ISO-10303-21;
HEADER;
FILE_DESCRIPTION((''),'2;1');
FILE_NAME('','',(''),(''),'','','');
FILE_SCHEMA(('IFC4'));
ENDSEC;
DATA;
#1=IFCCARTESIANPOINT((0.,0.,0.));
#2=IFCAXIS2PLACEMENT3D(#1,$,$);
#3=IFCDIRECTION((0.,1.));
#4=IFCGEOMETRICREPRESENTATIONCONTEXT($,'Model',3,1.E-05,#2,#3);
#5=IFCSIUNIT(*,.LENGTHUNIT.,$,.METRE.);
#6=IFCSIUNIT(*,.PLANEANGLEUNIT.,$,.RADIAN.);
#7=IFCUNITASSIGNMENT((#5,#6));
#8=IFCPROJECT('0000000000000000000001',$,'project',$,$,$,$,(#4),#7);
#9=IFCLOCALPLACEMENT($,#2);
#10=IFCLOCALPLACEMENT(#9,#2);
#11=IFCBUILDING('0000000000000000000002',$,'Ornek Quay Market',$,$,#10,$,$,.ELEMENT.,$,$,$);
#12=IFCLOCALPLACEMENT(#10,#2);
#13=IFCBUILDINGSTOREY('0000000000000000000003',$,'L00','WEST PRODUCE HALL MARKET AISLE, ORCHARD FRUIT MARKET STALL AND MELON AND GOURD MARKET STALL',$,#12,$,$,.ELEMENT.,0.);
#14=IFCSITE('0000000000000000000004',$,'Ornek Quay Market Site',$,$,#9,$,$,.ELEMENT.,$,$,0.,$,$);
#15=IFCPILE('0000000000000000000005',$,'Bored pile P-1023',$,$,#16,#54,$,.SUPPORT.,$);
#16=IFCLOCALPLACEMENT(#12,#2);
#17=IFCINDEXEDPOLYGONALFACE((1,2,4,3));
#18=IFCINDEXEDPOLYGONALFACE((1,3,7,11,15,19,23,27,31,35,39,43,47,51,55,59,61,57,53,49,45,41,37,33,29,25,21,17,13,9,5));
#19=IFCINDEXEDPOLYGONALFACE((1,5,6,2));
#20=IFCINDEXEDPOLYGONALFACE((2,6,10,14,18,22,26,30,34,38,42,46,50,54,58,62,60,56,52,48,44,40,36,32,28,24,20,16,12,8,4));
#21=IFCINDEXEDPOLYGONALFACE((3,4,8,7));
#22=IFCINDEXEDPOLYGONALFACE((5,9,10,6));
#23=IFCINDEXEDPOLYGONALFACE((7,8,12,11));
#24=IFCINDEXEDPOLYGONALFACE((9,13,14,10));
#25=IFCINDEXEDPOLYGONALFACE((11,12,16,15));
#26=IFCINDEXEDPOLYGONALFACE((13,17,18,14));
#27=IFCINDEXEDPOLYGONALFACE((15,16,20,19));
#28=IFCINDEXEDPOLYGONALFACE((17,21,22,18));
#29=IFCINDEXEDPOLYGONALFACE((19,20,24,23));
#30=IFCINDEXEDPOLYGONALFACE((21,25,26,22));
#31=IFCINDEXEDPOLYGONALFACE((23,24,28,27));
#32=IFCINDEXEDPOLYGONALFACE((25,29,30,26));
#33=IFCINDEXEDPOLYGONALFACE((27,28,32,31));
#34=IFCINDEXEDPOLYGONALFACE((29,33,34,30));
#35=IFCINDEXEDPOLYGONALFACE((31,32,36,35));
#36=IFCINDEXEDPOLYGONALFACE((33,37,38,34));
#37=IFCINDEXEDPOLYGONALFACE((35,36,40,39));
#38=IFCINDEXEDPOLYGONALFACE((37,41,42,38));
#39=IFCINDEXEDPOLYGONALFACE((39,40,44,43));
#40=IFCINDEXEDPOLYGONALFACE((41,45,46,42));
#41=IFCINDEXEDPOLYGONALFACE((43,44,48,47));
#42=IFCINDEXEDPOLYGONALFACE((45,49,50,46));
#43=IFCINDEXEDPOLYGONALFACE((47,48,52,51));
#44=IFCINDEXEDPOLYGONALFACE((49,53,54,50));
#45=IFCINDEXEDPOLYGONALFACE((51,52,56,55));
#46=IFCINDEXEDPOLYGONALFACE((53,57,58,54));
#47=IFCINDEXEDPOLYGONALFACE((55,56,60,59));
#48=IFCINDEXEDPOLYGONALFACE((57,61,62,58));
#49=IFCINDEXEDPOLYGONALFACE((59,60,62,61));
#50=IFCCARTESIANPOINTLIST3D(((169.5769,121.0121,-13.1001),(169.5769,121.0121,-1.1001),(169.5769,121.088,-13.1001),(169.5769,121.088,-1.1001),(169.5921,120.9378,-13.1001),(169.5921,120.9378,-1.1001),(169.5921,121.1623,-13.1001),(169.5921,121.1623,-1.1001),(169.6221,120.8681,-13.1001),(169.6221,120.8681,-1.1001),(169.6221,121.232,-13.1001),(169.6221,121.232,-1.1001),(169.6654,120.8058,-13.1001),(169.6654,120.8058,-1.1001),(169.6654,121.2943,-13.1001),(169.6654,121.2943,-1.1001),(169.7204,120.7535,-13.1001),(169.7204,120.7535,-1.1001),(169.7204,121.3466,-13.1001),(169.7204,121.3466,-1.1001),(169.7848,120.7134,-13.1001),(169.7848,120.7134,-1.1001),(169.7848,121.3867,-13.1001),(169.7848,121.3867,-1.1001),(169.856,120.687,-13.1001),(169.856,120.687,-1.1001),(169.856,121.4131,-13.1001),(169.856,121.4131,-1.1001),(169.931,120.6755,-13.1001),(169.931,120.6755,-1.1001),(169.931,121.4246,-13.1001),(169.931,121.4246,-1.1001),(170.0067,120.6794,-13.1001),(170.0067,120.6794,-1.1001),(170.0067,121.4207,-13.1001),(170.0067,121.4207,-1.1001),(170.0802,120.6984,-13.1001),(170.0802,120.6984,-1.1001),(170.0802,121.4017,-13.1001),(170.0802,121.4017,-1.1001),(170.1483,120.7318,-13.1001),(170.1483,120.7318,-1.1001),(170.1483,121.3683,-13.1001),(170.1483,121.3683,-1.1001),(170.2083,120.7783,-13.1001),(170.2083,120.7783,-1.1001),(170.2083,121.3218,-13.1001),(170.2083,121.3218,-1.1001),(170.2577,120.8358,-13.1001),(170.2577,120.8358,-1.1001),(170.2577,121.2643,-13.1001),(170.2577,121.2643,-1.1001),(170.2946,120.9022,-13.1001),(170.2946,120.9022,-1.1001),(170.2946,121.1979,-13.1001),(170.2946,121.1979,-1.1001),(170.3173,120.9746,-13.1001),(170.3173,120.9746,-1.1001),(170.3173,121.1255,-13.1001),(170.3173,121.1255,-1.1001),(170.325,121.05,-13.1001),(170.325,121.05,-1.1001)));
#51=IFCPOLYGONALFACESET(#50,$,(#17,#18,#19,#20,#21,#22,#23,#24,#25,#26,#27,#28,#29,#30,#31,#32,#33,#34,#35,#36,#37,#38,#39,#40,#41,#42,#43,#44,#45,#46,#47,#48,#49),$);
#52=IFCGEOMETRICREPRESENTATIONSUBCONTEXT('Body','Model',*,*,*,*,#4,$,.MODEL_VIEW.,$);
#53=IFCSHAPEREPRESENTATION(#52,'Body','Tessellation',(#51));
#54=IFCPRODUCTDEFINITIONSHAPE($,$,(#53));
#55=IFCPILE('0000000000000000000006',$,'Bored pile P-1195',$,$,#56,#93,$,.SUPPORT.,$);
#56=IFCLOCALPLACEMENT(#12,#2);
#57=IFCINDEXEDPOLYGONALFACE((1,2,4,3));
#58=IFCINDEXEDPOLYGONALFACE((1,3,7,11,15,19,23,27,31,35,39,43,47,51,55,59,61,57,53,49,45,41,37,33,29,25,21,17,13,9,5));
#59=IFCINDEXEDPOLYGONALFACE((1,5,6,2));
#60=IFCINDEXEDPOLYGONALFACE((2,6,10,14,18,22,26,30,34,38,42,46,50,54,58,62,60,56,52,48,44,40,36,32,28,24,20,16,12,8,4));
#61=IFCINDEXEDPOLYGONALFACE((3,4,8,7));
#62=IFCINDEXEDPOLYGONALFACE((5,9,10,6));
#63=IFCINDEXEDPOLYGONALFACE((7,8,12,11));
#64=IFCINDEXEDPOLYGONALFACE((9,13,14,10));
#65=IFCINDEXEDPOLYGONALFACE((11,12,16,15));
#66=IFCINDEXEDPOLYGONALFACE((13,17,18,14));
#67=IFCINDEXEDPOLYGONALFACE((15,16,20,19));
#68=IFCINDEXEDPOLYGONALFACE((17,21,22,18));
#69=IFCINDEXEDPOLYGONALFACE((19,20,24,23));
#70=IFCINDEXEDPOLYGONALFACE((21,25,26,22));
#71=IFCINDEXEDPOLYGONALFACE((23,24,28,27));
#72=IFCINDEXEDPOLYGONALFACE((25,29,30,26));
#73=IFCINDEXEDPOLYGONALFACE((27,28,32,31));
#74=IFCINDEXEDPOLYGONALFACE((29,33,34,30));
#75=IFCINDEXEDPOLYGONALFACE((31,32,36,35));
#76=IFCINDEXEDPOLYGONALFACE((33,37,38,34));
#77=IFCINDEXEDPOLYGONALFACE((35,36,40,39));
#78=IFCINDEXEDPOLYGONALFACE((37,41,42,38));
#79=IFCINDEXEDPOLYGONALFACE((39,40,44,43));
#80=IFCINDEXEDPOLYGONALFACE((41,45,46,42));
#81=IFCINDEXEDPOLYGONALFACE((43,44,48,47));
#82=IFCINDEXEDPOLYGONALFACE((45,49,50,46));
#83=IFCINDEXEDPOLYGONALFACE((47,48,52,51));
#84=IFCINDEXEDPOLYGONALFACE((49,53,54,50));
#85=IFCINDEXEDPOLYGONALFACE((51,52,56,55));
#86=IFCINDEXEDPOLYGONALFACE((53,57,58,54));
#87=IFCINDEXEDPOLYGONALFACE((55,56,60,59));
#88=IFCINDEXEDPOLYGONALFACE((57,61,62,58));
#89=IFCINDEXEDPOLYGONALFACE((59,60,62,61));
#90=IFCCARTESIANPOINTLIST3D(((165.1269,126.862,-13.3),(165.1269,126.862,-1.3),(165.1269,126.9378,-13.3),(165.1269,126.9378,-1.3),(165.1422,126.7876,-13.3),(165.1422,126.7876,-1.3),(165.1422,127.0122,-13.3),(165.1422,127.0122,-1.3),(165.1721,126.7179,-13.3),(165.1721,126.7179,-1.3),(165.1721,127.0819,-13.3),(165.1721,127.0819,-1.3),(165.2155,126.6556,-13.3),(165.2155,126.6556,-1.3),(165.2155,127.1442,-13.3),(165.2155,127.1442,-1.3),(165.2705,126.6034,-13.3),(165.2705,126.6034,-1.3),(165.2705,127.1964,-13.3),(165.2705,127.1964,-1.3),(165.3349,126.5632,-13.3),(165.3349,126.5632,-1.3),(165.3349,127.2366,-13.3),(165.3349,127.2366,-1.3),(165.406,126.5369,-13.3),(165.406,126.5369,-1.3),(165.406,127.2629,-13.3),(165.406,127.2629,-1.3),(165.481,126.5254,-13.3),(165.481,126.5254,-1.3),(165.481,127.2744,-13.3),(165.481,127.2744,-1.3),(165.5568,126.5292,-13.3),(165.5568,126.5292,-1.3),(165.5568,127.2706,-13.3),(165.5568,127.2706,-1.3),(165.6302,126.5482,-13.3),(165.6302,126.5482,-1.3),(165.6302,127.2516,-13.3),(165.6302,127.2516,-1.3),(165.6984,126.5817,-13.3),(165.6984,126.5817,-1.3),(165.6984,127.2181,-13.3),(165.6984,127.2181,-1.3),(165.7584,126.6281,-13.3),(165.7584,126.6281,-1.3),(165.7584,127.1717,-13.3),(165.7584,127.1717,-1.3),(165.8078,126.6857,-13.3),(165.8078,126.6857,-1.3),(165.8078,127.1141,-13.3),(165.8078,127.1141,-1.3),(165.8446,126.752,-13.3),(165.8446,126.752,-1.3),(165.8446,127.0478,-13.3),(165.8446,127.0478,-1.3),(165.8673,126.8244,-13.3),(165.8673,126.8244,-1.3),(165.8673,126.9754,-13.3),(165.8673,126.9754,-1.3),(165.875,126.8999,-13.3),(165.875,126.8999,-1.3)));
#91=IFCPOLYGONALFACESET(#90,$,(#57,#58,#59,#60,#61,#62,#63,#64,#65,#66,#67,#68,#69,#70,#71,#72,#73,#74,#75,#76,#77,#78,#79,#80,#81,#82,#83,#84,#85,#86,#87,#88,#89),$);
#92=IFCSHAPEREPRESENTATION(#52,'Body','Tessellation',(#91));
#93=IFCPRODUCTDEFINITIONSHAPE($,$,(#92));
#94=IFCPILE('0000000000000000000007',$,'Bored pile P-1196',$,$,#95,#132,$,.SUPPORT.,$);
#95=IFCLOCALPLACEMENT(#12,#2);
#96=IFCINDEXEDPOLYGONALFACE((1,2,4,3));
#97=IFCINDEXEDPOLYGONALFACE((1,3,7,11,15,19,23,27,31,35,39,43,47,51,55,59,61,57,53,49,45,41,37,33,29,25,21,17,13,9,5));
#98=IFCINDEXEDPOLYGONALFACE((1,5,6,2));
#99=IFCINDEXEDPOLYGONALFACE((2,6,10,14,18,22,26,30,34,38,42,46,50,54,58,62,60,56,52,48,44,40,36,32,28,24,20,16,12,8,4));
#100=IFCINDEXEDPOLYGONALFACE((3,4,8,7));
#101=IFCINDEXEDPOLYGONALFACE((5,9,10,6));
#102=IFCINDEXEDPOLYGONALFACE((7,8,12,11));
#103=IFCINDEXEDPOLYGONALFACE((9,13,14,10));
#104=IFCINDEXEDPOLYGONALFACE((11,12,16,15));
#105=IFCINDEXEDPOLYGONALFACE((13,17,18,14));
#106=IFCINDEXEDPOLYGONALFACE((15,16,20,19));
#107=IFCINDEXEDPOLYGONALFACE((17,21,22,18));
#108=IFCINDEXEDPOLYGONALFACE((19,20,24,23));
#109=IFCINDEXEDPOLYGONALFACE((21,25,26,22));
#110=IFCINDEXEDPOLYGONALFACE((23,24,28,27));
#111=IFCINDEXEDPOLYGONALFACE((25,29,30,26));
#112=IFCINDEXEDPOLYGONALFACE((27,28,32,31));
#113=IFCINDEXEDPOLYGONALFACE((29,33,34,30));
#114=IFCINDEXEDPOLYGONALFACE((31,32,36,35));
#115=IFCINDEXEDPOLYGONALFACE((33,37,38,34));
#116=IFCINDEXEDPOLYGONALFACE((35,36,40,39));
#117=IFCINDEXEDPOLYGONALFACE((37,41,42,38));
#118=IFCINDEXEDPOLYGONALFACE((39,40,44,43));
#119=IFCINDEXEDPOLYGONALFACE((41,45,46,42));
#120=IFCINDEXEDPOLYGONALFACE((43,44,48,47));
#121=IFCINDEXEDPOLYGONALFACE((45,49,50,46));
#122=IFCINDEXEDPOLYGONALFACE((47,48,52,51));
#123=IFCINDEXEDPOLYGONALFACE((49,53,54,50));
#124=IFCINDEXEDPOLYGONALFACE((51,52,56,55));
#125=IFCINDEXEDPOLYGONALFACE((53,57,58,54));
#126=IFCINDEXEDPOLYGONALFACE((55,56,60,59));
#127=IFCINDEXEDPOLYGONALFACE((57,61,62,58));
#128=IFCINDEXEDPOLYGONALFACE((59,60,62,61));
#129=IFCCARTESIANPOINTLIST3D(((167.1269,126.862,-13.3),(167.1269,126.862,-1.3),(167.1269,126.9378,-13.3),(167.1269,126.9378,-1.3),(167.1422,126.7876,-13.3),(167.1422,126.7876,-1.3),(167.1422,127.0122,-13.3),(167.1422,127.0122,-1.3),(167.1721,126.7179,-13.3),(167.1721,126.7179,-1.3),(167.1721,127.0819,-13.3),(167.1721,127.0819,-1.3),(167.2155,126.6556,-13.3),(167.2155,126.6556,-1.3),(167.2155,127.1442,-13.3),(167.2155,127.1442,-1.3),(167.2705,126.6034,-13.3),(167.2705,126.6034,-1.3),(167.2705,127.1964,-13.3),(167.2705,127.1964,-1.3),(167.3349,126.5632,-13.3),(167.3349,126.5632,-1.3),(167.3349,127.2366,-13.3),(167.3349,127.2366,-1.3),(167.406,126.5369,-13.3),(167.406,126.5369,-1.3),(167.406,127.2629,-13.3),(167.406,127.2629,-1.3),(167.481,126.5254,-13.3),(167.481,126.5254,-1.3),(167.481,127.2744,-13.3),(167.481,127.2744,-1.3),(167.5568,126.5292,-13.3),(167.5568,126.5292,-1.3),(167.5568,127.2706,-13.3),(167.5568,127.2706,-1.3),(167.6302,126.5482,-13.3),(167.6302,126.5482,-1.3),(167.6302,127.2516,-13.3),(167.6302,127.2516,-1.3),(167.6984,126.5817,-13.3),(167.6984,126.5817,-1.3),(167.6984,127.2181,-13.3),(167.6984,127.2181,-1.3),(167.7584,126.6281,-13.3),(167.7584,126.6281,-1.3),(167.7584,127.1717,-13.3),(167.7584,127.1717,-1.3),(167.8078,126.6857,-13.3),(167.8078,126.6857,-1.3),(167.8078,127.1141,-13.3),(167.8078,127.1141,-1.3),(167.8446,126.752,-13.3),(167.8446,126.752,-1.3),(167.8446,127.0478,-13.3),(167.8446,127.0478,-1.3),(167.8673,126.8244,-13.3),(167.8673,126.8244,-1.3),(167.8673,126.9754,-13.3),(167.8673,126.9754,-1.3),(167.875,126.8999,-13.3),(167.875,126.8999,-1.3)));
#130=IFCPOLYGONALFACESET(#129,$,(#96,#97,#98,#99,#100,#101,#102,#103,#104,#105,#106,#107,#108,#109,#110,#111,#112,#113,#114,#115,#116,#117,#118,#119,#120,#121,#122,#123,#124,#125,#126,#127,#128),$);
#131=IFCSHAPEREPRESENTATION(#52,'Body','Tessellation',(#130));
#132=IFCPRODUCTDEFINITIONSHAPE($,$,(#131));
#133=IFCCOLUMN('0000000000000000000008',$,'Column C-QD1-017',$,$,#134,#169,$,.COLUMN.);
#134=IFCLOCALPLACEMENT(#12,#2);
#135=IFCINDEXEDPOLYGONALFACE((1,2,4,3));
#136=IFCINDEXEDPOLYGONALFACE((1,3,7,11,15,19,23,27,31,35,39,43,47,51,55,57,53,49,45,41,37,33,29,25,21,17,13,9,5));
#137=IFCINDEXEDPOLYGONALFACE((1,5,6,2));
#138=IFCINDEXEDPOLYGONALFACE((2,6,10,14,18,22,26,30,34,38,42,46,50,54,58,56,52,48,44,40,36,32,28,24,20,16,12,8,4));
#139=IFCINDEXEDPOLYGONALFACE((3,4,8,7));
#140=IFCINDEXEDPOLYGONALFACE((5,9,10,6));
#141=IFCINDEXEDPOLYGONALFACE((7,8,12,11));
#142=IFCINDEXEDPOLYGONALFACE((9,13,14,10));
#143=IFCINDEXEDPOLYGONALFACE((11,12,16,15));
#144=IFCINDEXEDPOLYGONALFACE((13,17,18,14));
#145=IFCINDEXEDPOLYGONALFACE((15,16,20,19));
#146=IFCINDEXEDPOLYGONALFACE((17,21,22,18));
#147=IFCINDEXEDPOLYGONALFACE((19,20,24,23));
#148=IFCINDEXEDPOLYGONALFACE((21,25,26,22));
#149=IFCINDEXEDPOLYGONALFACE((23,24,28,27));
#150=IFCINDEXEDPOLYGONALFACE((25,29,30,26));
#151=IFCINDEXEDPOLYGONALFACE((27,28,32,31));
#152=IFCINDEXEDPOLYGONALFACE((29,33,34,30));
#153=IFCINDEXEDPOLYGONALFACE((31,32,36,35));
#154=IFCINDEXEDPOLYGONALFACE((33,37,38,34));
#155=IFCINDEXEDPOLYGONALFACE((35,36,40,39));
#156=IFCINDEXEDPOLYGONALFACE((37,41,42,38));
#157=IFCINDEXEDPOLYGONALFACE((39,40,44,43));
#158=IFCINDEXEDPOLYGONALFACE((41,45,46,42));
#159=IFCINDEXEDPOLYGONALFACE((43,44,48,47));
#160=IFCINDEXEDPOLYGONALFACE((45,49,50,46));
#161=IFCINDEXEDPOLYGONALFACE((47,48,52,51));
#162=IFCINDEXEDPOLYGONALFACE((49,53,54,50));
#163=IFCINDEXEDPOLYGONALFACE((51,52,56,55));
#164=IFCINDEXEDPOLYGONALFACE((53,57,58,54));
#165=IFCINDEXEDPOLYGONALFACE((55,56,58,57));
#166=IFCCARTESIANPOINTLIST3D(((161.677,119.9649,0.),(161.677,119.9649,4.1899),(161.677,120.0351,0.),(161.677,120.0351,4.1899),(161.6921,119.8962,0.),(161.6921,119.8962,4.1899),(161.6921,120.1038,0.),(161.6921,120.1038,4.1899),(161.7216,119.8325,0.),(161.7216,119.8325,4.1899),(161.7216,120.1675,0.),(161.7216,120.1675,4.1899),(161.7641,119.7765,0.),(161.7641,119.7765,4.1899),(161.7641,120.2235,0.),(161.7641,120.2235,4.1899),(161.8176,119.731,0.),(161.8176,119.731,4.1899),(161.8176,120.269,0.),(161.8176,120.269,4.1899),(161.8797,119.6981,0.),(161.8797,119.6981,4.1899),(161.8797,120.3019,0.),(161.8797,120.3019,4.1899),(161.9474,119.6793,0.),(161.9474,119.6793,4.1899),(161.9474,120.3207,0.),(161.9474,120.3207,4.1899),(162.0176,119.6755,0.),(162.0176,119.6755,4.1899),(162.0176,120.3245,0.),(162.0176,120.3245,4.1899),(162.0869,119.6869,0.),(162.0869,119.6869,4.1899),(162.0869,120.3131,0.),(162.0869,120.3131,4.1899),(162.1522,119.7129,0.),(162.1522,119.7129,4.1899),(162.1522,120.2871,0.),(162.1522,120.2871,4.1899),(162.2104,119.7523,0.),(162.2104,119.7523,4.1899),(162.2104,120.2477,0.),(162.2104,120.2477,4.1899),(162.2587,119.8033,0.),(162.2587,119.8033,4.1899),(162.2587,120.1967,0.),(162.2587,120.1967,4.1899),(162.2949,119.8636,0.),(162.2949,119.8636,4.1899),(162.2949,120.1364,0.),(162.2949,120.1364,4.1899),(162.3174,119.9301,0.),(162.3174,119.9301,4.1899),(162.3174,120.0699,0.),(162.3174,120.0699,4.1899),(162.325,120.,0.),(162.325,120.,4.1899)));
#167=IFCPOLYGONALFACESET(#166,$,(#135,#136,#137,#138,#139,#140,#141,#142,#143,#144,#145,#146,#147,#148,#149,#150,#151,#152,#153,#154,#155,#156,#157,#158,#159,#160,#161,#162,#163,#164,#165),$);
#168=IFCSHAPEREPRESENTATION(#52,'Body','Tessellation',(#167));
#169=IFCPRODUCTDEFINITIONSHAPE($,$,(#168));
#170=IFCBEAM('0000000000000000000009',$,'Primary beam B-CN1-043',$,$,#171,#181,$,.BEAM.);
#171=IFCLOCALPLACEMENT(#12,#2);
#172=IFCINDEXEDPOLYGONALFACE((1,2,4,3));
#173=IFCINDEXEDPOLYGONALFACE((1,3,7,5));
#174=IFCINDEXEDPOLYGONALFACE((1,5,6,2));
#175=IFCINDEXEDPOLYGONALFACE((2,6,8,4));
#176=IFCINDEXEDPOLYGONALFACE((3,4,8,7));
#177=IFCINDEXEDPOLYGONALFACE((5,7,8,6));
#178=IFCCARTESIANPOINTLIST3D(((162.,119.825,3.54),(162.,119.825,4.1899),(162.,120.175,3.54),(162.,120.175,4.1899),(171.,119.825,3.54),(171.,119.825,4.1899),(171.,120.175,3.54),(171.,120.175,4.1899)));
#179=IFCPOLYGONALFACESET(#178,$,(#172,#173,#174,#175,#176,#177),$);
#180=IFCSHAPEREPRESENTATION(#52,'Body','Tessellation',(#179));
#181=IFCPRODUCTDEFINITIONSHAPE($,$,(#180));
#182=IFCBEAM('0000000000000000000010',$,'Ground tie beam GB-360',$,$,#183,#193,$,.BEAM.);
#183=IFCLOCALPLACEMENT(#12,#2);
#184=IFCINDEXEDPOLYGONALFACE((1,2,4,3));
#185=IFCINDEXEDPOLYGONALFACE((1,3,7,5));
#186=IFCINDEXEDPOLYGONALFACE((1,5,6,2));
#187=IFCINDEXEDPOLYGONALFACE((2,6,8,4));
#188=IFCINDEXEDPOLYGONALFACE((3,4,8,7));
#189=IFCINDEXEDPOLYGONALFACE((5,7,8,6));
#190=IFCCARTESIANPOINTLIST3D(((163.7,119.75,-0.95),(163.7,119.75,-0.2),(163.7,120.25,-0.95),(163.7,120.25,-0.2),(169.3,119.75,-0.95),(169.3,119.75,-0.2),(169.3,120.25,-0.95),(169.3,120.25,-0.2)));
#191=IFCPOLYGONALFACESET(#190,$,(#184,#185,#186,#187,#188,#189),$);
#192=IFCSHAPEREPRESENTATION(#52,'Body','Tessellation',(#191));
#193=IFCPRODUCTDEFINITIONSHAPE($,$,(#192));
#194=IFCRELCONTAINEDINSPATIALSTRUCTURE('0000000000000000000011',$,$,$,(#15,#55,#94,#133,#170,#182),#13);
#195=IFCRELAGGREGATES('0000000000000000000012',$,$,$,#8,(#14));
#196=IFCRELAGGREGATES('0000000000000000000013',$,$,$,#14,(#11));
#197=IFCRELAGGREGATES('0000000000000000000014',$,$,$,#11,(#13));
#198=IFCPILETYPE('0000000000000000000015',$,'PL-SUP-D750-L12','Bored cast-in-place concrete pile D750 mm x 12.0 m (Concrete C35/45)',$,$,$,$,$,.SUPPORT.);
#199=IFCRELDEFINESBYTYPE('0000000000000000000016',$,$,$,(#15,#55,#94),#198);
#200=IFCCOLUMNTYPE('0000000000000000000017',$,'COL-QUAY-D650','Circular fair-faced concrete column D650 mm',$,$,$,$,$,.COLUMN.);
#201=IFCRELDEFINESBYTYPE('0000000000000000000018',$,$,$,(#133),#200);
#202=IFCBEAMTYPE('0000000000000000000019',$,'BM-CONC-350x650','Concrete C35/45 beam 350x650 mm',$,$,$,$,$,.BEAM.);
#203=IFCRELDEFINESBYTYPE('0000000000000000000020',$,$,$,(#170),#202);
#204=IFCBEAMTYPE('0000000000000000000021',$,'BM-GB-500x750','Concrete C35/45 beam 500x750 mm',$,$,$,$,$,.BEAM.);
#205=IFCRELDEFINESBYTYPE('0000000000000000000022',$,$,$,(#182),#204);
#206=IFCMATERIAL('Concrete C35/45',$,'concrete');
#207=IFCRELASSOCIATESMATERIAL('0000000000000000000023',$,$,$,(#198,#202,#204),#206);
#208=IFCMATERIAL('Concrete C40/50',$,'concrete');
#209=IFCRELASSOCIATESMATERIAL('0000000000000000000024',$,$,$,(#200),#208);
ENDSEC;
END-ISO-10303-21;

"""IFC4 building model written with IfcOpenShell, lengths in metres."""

from ifc_helpers import new_model, si_unit, direction, frame, origin, origin_2d, place, context, subcontext, project, spatial, rectangle, circle, extrude, material, material_profile, profile_set, type_object, element, save


model = new_model("IFC4")

# Units and contexts
model_context = context("Model", 3, precision=1e-05, world=origin(), true_north=direction((0.0, 1.0)))
body_context = subcontext(model_context, "Body", "Model", "MODEL_VIEW")
ifc_project = project(units=[si_unit("LENGTHUNIT", "METRE"), si_unit("PLANEANGLEUNIT", "RADIAN")], contexts=[model_context])

# Site, building, storey
site_placement = place(None, origin())
site = spatial("IfcSite", under=ifc_project, at=site_placement, Name="Ornek Quay Market Site", CompositionType="ELEMENT", RefElevation=0.0)
building_placement = place(site_placement, origin())
building = spatial("IfcBuilding", under=site, at=building_placement, Name="Ornek Quay Market", CompositionType="ELEMENT")
storey_placement = place(building_placement, origin())
storey = spatial("IfcBuildingStorey", under=building, at=storey_placement, Name="L00", Description="WEST PRODUCE HALL MARKET AISLE, ORCHARD FRUIT MARKET STALL AND MELON AND GOURD MARKET STALL", CompositionType="ELEMENT", Elevation=0.0)

# Piles
ifc_material_1 = material(Name="Concrete C35/45", Category="concrete")
ifc_material_profile_1 = material_profile(ifc_material_1, circle(Radius=0.375, at=origin_2d()), Name="PILE D750", Category="concrete")
ifc_profile_set_1 = profile_set([ifc_material_profile_1], Name="Concrete C35/45")
pile_type = type_object("IfcPileType", Name="PL-SUP-D750-L12", Description="Bored cast-in-place concrete pile D750 mm x 12.0 m (Concrete C35/45)", PredefinedType="SUPPORT", material=ifc_profile_set_1)
for number, where, z_axis, x_axis, name in (
    (1, (169.95, 121.05, -1.1001), (0.0, 0.0, -1.0), (1.0, 0.0, 0.0), "Bored pile P-1023"),
    (2, (165.5, 126.8999, -1.3), (0.0, 0.0, -1.0), (1.0, 0.0, 0.0), "Bored pile P-1195"),
    (3, (167.5, 126.8999, -1.3), (0.0, 0.0, -1.0), (1.0, 0.0, 0.0), "Bored pile P-1196"),
):
    element("IfcPile", number, at=place(storey_placement, frame(where, z_axis=z_axis, x_axis=x_axis)), inside=storey, type_object=pile_type, Name=name, PredefinedType="SUPPORT", context=body_context, shape_type="SweptSolid", body=[
        extrude(circle(Radius=0.375, at=origin_2d()), origin(), (0.0, 0.0, 1.0), 12.0),
    ])

# Column
ifc_material_2 = material(Name="Concrete C40/50", Category="concrete")
ifc_material_profile_2 = material_profile(ifc_material_2, circle(Radius=0.325, at=origin_2d()), Name="RC D650", Category="concrete")
ifc_profile_set_2 = profile_set([ifc_material_profile_2], Name="Concrete C40/50")
column_type = type_object("IfcColumnType", Name="COL-QUAY-D650", Description="Circular fair-faced concrete column D650 mm", PredefinedType="COLUMN", material=ifc_profile_set_2)
column_placement = place(storey_placement, frame((162.0, 120.0, 0.0), z_axis=(0.0, 0.0, 1.0), x_axis=(1.0, 0.0, 0.0)))
element("IfcColumn", 4, at=column_placement, inside=storey, type_object=column_type, Name="Column C-QD1-017", PredefinedType="COLUMN", context=body_context, shape_type="SweptSolid", body=[
    extrude(circle(Radius=0.325, at=origin_2d()), origin(), (0.0, 0.0, 1.0), 4.1899),
])

# Beams
ifc_material_profile_3 = material_profile(ifc_material_1, rectangle(XDim=0.3501, YDim=0.6499, at=origin_2d()), Name="RC 350x650", Category="concrete")
ifc_profile_set_3 = profile_set([ifc_material_profile_3], Name="Concrete C35/45")
beam_type_1 = type_object("IfcBeamType", Name="BM-CONC-350x650", Description="Concrete C35/45 beam 350x650 mm", PredefinedType="BEAM", material=ifc_profile_set_3)
beam_1_placement = place(storey_placement, frame((162.0, 120.0, 3.865), z_axis=(1.0, 0.0, 0.0), x_axis=(0.0, 1.0, 0.0)))
element("IfcBeam", 5, at=beam_1_placement, inside=storey, type_object=beam_type_1, Name="Primary beam B-CN1-043", PredefinedType="BEAM", context=body_context, shape_type="SweptSolid", body=[
    extrude(rectangle(XDim=0.3501, YDim=0.6499, at=origin_2d()), origin(), (0.0, 0.0, 1.0), 9.0),
])
ifc_material_profile_4 = material_profile(ifc_material_1, rectangle(XDim=0.5, YDim=0.75, at=origin_2d()), Name="RC 500x750", Category="concrete")
ifc_profile_set_4 = profile_set([ifc_material_profile_4], Name="Concrete C35/45")
beam_type_2 = type_object("IfcBeamType", Name="BM-GB-500x750", Description="Concrete C35/45 beam 500x750 mm", PredefinedType="BEAM", material=ifc_profile_set_4)
beam_2_placement = place(storey_placement, frame((163.7, 120.0, -0.575), z_axis=(1.0, 0.0, 0.0), x_axis=(0.0, 1.0, 0.0)))
element("IfcBeam", 6, at=beam_2_placement, inside=storey, type_object=beam_type_2, Name="Ground tie beam GB-360", PredefinedType="BEAM", context=body_context, shape_type="SweptSolid", body=[
    extrude(rectangle(XDim=0.5, YDim=0.75, at=origin_2d()), origin(), (0.0, 0.0, 1.0), 5.6001),
])

save(model, "model.ifc")
